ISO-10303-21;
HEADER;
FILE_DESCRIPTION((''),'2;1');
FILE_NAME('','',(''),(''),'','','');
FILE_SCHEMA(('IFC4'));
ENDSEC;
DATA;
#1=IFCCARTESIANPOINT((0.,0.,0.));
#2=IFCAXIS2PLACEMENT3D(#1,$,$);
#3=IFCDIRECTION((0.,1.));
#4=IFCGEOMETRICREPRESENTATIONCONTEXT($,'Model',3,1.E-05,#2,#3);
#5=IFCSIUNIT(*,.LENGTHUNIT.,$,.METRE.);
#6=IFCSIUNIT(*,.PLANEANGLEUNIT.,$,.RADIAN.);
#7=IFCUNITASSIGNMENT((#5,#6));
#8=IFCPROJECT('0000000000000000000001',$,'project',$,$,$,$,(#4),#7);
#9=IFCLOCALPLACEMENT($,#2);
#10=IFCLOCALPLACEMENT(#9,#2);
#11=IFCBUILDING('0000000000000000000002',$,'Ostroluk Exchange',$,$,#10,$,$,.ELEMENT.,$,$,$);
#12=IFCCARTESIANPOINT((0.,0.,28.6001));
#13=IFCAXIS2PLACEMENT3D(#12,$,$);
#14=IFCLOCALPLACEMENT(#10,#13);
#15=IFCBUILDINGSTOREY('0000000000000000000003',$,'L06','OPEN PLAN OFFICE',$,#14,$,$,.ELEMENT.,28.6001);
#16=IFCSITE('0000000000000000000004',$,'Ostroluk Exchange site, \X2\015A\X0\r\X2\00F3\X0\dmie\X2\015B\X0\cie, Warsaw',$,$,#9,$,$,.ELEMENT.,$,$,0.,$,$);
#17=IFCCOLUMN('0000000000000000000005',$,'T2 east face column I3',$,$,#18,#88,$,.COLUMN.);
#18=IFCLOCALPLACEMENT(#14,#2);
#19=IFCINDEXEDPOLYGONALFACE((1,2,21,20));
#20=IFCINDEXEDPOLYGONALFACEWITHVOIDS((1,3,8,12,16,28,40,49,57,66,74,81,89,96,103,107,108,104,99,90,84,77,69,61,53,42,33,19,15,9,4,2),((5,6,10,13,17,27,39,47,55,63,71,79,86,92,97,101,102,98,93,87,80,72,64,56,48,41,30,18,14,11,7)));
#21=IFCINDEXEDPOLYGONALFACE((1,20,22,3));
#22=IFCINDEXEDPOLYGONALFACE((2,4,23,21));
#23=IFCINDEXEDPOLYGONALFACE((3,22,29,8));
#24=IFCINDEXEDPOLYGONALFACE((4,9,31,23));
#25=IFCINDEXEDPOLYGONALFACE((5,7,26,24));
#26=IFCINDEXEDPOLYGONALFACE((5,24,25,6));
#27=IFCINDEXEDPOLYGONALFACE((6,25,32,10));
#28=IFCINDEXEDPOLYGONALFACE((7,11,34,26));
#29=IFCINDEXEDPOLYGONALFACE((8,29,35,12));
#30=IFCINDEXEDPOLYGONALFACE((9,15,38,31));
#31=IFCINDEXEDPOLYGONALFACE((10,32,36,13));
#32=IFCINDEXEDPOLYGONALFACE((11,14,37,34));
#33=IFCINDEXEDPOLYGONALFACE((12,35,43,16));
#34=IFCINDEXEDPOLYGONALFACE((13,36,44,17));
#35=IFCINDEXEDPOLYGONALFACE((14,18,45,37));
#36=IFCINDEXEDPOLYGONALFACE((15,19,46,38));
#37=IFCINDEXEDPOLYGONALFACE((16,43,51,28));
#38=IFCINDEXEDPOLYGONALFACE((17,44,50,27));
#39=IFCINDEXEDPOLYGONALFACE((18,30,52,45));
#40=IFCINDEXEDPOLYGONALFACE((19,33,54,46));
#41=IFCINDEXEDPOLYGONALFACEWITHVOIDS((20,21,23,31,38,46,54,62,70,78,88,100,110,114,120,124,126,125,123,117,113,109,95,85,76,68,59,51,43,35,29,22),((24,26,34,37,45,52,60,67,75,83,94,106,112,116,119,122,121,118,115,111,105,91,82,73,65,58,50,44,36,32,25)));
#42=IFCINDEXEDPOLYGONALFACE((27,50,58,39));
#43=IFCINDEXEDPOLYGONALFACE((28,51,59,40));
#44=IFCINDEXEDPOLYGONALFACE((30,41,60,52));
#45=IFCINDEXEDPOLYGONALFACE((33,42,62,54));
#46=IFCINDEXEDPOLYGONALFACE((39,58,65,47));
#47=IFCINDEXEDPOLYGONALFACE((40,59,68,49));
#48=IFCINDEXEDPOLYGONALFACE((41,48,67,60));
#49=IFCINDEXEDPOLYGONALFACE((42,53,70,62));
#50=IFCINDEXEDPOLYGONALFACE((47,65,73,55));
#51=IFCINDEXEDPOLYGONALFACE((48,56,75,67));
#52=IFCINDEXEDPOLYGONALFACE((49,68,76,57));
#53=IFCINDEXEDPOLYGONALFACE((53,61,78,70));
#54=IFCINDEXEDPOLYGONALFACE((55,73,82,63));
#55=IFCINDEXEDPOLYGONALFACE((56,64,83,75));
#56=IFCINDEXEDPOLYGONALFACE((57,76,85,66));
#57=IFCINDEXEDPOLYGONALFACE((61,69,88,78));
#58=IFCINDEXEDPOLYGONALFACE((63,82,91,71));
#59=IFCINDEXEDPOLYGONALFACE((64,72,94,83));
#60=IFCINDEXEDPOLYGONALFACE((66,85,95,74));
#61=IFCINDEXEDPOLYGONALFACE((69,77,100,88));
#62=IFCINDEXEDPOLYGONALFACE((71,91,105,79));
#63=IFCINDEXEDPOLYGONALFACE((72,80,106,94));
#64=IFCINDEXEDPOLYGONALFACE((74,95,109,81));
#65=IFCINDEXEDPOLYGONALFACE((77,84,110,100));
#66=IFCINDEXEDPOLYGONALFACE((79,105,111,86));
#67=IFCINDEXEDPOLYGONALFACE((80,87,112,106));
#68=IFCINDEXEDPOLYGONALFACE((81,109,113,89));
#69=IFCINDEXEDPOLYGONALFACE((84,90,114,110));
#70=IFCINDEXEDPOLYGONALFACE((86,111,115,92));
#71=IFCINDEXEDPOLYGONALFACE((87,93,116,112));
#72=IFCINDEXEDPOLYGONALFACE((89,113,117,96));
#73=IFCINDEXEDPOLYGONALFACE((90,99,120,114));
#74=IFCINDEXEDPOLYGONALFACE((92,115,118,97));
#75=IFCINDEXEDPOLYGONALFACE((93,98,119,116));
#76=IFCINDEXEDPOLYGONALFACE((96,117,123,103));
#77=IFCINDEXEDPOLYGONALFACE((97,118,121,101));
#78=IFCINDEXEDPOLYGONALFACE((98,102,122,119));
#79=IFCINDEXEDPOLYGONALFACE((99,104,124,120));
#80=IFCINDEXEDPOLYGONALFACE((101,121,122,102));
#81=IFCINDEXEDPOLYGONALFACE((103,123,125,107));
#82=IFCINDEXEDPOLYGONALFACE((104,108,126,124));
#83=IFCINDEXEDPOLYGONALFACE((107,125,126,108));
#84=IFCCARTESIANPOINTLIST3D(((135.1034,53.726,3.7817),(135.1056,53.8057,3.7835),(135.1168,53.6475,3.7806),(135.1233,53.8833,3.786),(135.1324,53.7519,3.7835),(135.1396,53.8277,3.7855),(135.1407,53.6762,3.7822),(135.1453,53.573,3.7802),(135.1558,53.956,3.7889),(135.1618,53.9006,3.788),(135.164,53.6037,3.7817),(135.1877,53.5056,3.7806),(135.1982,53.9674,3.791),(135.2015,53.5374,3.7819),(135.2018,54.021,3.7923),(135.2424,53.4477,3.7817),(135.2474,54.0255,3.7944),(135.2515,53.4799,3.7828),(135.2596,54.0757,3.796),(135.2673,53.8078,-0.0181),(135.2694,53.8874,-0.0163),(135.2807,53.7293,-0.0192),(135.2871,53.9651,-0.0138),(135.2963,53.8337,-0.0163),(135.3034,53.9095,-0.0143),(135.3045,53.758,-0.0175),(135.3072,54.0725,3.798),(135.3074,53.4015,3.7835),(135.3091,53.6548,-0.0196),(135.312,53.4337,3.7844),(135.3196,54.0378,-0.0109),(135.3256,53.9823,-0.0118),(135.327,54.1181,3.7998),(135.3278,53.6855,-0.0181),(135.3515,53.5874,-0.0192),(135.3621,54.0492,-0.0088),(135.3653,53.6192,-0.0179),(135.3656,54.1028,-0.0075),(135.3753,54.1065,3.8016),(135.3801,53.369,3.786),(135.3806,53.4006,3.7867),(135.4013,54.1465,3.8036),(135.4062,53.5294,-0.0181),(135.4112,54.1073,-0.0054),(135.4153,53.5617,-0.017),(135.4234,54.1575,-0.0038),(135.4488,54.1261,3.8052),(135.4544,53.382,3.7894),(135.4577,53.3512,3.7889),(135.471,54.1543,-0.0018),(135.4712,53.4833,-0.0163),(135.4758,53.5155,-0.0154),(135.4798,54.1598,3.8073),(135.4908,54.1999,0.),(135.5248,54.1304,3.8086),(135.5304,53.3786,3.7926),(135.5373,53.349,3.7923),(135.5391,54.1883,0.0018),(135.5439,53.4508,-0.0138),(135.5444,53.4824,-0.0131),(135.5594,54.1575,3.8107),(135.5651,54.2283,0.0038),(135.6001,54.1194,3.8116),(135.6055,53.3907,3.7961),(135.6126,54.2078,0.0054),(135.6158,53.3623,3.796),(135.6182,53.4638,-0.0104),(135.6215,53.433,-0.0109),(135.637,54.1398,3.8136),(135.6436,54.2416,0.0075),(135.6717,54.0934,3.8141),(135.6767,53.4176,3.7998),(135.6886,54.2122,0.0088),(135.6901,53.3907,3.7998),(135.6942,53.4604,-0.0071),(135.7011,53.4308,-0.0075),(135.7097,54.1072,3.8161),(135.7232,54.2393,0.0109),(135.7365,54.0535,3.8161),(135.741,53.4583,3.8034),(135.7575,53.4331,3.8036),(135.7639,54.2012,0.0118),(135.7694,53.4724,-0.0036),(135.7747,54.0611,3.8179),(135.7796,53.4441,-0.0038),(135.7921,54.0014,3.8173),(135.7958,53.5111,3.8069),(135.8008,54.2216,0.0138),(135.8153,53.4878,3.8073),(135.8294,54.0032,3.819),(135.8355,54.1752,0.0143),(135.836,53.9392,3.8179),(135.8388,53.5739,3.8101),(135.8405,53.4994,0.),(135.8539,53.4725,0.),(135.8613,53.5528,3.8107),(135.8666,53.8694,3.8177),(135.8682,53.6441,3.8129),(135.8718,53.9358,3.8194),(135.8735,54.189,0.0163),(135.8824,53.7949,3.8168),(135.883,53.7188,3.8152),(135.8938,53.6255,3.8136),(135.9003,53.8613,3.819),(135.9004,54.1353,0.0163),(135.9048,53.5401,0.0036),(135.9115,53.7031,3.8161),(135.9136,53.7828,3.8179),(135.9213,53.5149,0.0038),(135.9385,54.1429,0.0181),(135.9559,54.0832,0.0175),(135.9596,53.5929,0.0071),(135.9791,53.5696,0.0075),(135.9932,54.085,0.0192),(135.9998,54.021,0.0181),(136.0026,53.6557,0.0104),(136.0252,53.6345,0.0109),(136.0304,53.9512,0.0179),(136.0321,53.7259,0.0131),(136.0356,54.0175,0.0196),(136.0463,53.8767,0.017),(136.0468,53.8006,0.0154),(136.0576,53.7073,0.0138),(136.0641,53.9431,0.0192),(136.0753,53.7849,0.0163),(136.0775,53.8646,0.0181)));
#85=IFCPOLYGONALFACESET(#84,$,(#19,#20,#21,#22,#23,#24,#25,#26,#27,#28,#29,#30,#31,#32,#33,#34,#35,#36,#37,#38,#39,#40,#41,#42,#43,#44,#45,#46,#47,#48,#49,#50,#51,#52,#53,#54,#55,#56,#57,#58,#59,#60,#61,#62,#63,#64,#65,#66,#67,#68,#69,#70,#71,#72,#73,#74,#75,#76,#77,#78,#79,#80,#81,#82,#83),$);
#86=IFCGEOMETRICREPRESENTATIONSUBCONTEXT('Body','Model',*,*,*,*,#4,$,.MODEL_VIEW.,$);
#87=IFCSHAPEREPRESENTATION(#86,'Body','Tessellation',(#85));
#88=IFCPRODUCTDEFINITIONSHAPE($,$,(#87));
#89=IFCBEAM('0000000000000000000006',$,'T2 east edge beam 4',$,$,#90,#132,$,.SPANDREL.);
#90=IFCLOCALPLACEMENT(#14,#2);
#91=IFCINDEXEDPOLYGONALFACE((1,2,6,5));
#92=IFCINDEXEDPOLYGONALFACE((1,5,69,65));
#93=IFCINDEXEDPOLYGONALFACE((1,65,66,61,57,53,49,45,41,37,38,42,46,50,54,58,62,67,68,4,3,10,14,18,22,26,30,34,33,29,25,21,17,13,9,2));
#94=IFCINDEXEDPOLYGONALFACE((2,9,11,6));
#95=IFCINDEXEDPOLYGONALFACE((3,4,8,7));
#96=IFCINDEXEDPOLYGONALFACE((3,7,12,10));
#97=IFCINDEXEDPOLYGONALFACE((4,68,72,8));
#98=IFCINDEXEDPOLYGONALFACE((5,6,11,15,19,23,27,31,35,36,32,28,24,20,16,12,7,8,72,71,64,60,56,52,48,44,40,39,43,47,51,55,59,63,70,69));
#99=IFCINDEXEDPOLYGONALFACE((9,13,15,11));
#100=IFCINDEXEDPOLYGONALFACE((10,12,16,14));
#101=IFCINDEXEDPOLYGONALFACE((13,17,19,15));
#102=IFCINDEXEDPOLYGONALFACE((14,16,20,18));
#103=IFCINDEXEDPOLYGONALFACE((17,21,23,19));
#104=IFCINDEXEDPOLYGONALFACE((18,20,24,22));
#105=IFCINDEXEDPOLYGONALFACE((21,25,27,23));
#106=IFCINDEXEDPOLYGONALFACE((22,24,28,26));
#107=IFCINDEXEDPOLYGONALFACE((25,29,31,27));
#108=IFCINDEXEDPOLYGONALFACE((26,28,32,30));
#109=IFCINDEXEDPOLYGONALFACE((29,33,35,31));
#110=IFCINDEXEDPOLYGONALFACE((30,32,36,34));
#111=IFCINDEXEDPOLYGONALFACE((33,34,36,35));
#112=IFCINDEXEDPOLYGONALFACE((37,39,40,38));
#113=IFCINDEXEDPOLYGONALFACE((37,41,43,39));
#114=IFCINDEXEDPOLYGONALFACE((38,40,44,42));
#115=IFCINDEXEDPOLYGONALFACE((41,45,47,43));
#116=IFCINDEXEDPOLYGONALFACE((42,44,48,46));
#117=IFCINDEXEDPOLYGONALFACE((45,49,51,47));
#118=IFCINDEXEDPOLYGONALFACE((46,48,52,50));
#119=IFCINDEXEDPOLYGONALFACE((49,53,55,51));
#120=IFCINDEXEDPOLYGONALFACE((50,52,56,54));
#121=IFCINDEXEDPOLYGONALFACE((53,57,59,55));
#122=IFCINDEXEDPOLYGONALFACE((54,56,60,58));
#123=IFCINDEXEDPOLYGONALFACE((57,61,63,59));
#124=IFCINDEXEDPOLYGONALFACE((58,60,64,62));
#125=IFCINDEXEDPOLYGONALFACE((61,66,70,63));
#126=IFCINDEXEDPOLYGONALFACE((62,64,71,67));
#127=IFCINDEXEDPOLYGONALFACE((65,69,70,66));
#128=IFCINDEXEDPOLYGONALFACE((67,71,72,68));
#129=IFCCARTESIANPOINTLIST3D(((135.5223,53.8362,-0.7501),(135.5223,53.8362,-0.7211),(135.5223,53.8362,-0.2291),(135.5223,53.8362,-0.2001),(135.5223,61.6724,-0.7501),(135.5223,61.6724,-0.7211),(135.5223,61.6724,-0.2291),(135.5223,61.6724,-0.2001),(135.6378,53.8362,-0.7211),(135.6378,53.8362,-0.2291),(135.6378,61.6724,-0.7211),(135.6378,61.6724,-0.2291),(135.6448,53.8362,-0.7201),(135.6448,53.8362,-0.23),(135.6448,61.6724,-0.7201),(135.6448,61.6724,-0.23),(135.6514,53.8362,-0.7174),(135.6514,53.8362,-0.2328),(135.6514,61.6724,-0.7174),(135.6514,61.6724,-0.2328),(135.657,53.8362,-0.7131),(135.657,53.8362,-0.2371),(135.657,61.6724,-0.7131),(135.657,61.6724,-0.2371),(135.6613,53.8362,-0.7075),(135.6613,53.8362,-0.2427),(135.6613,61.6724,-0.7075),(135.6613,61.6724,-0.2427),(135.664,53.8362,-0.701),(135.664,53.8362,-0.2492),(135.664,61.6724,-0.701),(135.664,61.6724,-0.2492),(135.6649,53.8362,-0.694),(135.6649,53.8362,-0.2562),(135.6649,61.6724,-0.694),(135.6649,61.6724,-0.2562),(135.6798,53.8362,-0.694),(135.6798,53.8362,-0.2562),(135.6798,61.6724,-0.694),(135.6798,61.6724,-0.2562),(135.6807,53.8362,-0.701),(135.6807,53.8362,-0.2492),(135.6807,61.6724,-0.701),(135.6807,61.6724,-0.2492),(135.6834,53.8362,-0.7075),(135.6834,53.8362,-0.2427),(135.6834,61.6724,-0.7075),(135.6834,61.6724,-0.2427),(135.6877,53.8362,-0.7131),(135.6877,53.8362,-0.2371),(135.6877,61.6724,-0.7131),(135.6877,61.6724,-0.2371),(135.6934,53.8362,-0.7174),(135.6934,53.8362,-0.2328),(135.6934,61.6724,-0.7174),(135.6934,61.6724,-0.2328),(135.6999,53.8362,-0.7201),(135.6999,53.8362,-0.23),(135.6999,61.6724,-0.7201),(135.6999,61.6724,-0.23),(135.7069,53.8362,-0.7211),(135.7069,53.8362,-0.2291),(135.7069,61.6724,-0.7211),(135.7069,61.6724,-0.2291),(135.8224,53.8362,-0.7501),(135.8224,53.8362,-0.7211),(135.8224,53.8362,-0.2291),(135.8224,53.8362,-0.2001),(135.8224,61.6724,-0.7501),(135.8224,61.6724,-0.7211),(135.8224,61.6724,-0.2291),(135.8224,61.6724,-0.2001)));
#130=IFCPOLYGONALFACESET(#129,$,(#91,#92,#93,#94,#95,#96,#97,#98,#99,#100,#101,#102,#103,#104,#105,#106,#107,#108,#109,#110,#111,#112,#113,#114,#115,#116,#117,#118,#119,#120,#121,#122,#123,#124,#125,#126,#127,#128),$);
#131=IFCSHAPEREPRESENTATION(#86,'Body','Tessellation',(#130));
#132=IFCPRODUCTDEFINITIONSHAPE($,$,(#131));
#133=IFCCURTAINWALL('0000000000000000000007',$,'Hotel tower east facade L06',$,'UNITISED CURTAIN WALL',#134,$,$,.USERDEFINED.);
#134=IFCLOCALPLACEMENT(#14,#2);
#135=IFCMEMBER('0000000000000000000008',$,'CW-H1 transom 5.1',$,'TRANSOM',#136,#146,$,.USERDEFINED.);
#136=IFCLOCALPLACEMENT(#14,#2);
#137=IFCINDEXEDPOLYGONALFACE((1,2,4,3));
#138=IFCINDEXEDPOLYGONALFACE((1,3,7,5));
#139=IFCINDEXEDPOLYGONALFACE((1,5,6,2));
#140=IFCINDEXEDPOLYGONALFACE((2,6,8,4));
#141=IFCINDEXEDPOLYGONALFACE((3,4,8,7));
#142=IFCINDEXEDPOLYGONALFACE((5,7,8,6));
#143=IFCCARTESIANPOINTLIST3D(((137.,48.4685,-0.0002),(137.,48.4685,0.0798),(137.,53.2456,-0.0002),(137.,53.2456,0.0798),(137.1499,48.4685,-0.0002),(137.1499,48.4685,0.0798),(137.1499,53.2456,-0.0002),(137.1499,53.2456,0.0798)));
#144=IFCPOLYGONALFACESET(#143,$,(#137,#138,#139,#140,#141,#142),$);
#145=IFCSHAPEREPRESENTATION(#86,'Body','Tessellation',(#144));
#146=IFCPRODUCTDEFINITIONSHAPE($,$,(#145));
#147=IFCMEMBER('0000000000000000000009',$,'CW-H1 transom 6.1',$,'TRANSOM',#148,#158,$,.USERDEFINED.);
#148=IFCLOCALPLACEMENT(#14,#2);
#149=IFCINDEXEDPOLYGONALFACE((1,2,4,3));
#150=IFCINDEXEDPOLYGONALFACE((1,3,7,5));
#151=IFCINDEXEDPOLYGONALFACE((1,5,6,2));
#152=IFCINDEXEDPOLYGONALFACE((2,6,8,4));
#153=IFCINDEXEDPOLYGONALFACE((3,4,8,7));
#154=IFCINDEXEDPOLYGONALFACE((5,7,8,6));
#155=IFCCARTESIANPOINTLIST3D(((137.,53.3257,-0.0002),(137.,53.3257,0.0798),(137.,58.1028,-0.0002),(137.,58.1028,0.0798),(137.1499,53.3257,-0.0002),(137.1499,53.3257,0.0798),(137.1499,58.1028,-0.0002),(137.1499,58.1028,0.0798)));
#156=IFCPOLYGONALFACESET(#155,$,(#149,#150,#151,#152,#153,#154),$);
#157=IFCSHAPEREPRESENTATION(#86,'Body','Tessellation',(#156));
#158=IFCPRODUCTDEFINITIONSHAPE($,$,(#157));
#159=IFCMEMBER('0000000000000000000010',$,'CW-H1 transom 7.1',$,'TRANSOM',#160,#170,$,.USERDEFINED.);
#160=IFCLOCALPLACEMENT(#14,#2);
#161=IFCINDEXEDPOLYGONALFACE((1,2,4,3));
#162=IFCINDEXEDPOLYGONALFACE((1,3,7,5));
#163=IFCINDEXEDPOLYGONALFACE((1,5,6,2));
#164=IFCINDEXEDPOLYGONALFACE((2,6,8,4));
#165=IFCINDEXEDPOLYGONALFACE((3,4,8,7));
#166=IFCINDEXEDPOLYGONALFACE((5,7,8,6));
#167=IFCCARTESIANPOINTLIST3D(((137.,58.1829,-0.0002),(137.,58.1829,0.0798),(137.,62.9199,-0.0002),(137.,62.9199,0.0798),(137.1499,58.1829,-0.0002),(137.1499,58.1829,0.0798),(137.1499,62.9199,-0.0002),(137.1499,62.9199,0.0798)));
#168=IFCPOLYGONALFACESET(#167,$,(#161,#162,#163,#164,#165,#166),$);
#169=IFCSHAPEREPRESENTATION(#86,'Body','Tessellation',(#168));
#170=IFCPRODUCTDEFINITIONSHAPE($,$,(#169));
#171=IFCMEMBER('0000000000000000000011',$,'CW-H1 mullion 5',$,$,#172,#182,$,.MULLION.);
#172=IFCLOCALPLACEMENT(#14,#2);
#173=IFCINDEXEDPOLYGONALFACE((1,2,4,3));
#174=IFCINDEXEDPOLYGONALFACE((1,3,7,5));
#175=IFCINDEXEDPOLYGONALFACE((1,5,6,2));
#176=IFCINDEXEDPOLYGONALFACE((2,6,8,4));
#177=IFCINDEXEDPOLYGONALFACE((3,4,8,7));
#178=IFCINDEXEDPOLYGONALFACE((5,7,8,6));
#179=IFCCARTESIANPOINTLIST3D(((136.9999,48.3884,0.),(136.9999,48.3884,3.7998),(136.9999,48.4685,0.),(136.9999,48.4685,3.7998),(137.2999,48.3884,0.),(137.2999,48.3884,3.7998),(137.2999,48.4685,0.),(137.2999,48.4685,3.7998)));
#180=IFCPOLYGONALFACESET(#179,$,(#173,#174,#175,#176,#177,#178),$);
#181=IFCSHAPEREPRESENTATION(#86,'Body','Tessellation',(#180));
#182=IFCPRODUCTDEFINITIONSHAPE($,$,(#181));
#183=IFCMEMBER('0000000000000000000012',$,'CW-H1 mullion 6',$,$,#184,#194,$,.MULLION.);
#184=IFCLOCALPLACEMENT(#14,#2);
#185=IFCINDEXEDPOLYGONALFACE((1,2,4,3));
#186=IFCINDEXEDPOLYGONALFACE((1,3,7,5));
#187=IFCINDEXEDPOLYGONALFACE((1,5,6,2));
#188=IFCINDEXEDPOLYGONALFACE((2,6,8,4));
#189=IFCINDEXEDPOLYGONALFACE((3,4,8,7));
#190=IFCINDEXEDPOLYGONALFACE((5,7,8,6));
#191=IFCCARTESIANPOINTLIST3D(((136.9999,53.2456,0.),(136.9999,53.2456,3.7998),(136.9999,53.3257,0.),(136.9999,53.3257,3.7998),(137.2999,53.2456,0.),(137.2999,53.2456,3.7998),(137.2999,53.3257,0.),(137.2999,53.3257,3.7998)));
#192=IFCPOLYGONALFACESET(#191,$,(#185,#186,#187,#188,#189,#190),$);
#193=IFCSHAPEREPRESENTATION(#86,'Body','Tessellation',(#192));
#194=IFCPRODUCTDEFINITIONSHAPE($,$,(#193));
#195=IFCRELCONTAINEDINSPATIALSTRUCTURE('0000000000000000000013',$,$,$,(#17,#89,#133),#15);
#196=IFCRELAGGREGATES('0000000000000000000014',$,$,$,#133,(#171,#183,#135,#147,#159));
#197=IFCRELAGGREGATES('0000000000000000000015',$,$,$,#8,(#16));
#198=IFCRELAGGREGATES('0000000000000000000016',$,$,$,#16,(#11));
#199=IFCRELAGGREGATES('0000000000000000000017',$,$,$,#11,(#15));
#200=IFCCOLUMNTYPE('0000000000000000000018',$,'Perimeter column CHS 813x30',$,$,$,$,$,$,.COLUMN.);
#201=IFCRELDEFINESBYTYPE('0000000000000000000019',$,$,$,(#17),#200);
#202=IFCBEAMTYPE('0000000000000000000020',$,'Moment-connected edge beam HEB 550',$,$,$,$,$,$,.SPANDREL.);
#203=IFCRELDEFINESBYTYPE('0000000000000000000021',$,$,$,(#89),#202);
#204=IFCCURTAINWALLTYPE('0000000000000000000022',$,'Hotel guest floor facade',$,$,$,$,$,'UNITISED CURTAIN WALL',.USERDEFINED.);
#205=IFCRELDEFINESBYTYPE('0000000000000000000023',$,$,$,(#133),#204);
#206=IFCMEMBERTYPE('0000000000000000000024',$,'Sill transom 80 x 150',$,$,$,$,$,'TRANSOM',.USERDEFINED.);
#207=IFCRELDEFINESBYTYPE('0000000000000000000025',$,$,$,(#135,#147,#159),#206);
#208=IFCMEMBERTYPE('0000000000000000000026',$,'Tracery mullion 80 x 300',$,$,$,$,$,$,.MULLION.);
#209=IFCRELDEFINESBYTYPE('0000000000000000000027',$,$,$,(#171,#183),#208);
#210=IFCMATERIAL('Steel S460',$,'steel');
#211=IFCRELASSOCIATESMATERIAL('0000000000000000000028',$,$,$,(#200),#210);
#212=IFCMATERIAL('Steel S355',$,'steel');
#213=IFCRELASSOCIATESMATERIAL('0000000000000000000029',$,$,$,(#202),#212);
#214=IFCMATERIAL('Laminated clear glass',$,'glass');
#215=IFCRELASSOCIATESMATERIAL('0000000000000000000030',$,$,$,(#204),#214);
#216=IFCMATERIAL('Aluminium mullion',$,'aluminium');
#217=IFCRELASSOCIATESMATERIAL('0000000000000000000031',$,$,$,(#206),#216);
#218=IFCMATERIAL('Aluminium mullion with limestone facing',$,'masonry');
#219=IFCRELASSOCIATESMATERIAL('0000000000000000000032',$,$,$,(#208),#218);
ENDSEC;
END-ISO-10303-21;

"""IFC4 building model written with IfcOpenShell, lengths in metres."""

from ifc_helpers import new_model, si_unit, direction, frame, origin, origin_2d, place, context, subcontext, project, spatial, rectangle, hollow_circle, i_section, extrude, material, material_profile, profile_set, type_object, element, aggregate, save


model = new_model("IFC4")

# Units and contexts
model_context = context("Model", 3, precision=1e-05, world=origin(), true_north=direction((0.0, 1.0)))
body_context = subcontext(model_context, "Body", "Model", "MODEL_VIEW")
ifc_project = project(units=[si_unit("LENGTHUNIT", "METRE"), si_unit("PLANEANGLEUNIT", "RADIAN")], contexts=[model_context])

# Site, building, storey
site_placement = place(None, origin())
site = spatial("IfcSite", under=ifc_project, at=site_placement, Name="Ostroluk Exchange site, Śródmieście, Warsaw", CompositionType="ELEMENT", RefElevation=0.0)
building_placement = place(site_placement, origin())
building = spatial("IfcBuilding", under=site, at=building_placement, Name="Ostroluk Exchange", CompositionType="ELEMENT")
storey_placement = place(building_placement, frame((0.0, 0.0, 28.6001)))
storey = spatial("IfcBuildingStorey", under=building, at=storey_placement, Name="L06", Description="OPEN PLAN OFFICE", CompositionType="ELEMENT", Elevation=28.6001)

# Column
ifc_material_1 = material(Name="Steel S460", Category="steel")
ifc_material_profile_1 = material_profile(ifc_material_1, hollow_circle(Radius=0.4065, WallThickness=0.03, at=origin_2d()), Name="CHS 813x30")
ifc_profile_set_1 = profile_set([ifc_material_profile_1], Name="Steel S460")
column_type = type_object("IfcColumnType", Name="Perimeter column CHS 813x30", PredefinedType="COLUMN", material=ifc_profile_set_1)
column_placement = place(storey_placement, frame((135.6724, 53.8362, 0.0), z_axis=(-0.043062, -0.021499, 0.998841), x_axis=(0.44668, -0.894694, 0.0)))
element("IfcColumn", 1, at=column_placement, inside=storey, type_object=column_type, Name="T2 east face column I3", PredefinedType="COLUMN", context=body_context, shape_type="SweptSolid", body=[
    extrude(hollow_circle(Radius=0.4065, WallThickness=0.03, at=origin_2d()), origin(), (0.0, 0.0, 1.0), 3.8042),
])

# Beam
ifc_material_2 = material(Name="Steel S355", Category="steel")
ifc_material_profile_2 = material_profile(ifc_material_2, i_section(OverallWidth=0.3, OverallDepth=0.55, WebThickness=0.0149, FlangeThickness=0.0291, FilletRadius=0.0271, at=origin_2d()), Name="HEB 550")
ifc_profile_set_2 = profile_set([ifc_material_profile_2], Name="Steel S355")
beam_type = type_object("IfcBeamType", Name="Moment-connected edge beam HEB 550", PredefinedType="SPANDREL", material=ifc_profile_set_2)
beam_placement = place(storey_placement, frame((135.6724, 53.8362, -0.4751), z_axis=(0.0, 1.0, 0.0), x_axis=(-1.0, 0.0, 0.0)))
element("IfcBeam", 2, at=beam_placement, inside=storey, type_object=beam_type, Name="T2 east edge beam 4", PredefinedType="SPANDREL", context=body_context, shape_type="SweptSolid", body=[
    extrude(i_section(OverallWidth=0.3, OverallDepth=0.55, WebThickness=0.0149, FlangeThickness=0.0291, FilletRadius=0.0271, at=origin_2d()), origin(), (0.0, 0.0, 1.0), 7.8362),
])

# Curtain wall, members
ifc_material_3 = material(Name="Laminated clear glass", Category="glass")
curtain_wall_type = type_object("IfcCurtainWallType", Name="Hotel guest floor facade", ElementType="UNITISED CURTAIN WALL", PredefinedType="USERDEFINED", material=ifc_material_3)
curtain_wall_placement = place(storey_placement, origin())
curtain_wall = element("IfcCurtainWall", 3, at=curtain_wall_placement, inside=storey, type_object=curtain_wall_type, Name="Hotel tower east facade L06", ObjectType="UNITISED CURTAIN WALL", PredefinedType="USERDEFINED")
ifc_material_4 = material(Name="Aluminium mullion", Category="aluminium")
ifc_material_profile_3 = material_profile(ifc_material_4, rectangle(XDim=0.1499, YDim=0.0801, at=origin_2d()), Name="Sill transom 80 x 150")
ifc_profile_set_3 = profile_set([ifc_material_profile_3], Name="Aluminium mullion")
member_type_1 = type_object("IfcMemberType", Name="Sill transom 80 x 150", ElementType="TRANSOM", PredefinedType="USERDEFINED", material=ifc_profile_set_3)
member_1_placement = place(storey_placement, frame((137.075, 48.4685, 0.0398), z_axis=(0.0, 1.0, 0.0), x_axis=(-1.0, 0.0, 0.0)))
member_1 = element("IfcMember", 4, at=member_1_placement, type_object=member_type_1, Name="CW-H1 transom 5.1", ObjectType="TRANSOM", PredefinedType="USERDEFINED", context=body_context, shape_type="SweptSolid", body=[
    extrude(rectangle(XDim=0.1499, YDim=0.0801, at=origin_2d()), origin(), (0.0, 0.0, 1.0), 4.7771),
])
member_2_placement = place(storey_placement, frame((137.075, 53.3257, 0.0398), z_axis=(0.0, 1.0, 0.0), x_axis=(-1.0, 0.0, 0.0)))
member_2 = element("IfcMember", 5, at=member_2_placement, type_object=member_type_1, Name="CW-H1 transom 6.1", ObjectType="TRANSOM", PredefinedType="USERDEFINED", context=body_context, shape_type="SweptSolid", body=[
    extrude(rectangle(XDim=0.1499, YDim=0.0801, at=origin_2d()), origin(), (0.0, 0.0, 1.0), 4.7771),
])
member_3_placement = place(storey_placement, frame((137.075, 58.1829, 0.0398), z_axis=(0.0, 1.0, 0.0), x_axis=(-1.0, 0.0, 0.0)))
member_3 = element("IfcMember", 6, at=member_3_placement, type_object=member_type_1, Name="CW-H1 transom 7.1", ObjectType="TRANSOM", PredefinedType="USERDEFINED", context=body_context, shape_type="SweptSolid", body=[
    extrude(rectangle(XDim=0.1499, YDim=0.0801, at=origin_2d()), origin(), (0.0, 0.0, 1.0), 4.7371),
])
ifc_material_5 = material(Name="Aluminium mullion with limestone facing", Category="masonry")
ifc_material_profile_4 = material_profile(ifc_material_5, rectangle(XDim=0.3, YDim=0.0801, at=origin_2d()), Name="Tracery mullion 80 x 300")
ifc_profile_set_4 = profile_set([ifc_material_profile_4], Name="Aluminium mullion with limestone facing")
member_type_2 = type_object("IfcMemberType", Name="Tracery mullion 80 x 300", PredefinedType="MULLION", material=ifc_profile_set_4)
member_4_placement = place(storey_placement, frame((137.1499, 48.4285, 0.0), z_axis=(0.0, 0.0, 1.0), x_axis=(-1.0, 0.0, 0.0)))
member_4 = element("IfcMember", 7, at=member_4_placement, type_object=member_type_2, Name="CW-H1 mullion 5", PredefinedType="MULLION", context=body_context, shape_type="SweptSolid", body=[
    extrude(rectangle(XDim=0.3, YDim=0.0801, at=origin_2d()), origin(), (0.0, 0.0, 1.0), 3.7998),
])
member_5_placement = place(storey_placement, frame((137.1499, 53.2856, 0.0), z_axis=(0.0, 0.0, 1.0), x_axis=(-1.0, 0.0, 0.0)))
member_5 = element("IfcMember", 8, at=member_5_placement, type_object=member_type_2, Name="CW-H1 mullion 6", PredefinedType="MULLION", context=body_context, shape_type="SweptSolid", body=[
    extrude(rectangle(XDim=0.3, YDim=0.0801, at=origin_2d()), origin(), (0.0, 0.0, 1.0), 3.7998),
])
aggregate(curtain_wall, [member_4, member_5, member_1, member_2, member_3])

save(model, "model.ifc")
